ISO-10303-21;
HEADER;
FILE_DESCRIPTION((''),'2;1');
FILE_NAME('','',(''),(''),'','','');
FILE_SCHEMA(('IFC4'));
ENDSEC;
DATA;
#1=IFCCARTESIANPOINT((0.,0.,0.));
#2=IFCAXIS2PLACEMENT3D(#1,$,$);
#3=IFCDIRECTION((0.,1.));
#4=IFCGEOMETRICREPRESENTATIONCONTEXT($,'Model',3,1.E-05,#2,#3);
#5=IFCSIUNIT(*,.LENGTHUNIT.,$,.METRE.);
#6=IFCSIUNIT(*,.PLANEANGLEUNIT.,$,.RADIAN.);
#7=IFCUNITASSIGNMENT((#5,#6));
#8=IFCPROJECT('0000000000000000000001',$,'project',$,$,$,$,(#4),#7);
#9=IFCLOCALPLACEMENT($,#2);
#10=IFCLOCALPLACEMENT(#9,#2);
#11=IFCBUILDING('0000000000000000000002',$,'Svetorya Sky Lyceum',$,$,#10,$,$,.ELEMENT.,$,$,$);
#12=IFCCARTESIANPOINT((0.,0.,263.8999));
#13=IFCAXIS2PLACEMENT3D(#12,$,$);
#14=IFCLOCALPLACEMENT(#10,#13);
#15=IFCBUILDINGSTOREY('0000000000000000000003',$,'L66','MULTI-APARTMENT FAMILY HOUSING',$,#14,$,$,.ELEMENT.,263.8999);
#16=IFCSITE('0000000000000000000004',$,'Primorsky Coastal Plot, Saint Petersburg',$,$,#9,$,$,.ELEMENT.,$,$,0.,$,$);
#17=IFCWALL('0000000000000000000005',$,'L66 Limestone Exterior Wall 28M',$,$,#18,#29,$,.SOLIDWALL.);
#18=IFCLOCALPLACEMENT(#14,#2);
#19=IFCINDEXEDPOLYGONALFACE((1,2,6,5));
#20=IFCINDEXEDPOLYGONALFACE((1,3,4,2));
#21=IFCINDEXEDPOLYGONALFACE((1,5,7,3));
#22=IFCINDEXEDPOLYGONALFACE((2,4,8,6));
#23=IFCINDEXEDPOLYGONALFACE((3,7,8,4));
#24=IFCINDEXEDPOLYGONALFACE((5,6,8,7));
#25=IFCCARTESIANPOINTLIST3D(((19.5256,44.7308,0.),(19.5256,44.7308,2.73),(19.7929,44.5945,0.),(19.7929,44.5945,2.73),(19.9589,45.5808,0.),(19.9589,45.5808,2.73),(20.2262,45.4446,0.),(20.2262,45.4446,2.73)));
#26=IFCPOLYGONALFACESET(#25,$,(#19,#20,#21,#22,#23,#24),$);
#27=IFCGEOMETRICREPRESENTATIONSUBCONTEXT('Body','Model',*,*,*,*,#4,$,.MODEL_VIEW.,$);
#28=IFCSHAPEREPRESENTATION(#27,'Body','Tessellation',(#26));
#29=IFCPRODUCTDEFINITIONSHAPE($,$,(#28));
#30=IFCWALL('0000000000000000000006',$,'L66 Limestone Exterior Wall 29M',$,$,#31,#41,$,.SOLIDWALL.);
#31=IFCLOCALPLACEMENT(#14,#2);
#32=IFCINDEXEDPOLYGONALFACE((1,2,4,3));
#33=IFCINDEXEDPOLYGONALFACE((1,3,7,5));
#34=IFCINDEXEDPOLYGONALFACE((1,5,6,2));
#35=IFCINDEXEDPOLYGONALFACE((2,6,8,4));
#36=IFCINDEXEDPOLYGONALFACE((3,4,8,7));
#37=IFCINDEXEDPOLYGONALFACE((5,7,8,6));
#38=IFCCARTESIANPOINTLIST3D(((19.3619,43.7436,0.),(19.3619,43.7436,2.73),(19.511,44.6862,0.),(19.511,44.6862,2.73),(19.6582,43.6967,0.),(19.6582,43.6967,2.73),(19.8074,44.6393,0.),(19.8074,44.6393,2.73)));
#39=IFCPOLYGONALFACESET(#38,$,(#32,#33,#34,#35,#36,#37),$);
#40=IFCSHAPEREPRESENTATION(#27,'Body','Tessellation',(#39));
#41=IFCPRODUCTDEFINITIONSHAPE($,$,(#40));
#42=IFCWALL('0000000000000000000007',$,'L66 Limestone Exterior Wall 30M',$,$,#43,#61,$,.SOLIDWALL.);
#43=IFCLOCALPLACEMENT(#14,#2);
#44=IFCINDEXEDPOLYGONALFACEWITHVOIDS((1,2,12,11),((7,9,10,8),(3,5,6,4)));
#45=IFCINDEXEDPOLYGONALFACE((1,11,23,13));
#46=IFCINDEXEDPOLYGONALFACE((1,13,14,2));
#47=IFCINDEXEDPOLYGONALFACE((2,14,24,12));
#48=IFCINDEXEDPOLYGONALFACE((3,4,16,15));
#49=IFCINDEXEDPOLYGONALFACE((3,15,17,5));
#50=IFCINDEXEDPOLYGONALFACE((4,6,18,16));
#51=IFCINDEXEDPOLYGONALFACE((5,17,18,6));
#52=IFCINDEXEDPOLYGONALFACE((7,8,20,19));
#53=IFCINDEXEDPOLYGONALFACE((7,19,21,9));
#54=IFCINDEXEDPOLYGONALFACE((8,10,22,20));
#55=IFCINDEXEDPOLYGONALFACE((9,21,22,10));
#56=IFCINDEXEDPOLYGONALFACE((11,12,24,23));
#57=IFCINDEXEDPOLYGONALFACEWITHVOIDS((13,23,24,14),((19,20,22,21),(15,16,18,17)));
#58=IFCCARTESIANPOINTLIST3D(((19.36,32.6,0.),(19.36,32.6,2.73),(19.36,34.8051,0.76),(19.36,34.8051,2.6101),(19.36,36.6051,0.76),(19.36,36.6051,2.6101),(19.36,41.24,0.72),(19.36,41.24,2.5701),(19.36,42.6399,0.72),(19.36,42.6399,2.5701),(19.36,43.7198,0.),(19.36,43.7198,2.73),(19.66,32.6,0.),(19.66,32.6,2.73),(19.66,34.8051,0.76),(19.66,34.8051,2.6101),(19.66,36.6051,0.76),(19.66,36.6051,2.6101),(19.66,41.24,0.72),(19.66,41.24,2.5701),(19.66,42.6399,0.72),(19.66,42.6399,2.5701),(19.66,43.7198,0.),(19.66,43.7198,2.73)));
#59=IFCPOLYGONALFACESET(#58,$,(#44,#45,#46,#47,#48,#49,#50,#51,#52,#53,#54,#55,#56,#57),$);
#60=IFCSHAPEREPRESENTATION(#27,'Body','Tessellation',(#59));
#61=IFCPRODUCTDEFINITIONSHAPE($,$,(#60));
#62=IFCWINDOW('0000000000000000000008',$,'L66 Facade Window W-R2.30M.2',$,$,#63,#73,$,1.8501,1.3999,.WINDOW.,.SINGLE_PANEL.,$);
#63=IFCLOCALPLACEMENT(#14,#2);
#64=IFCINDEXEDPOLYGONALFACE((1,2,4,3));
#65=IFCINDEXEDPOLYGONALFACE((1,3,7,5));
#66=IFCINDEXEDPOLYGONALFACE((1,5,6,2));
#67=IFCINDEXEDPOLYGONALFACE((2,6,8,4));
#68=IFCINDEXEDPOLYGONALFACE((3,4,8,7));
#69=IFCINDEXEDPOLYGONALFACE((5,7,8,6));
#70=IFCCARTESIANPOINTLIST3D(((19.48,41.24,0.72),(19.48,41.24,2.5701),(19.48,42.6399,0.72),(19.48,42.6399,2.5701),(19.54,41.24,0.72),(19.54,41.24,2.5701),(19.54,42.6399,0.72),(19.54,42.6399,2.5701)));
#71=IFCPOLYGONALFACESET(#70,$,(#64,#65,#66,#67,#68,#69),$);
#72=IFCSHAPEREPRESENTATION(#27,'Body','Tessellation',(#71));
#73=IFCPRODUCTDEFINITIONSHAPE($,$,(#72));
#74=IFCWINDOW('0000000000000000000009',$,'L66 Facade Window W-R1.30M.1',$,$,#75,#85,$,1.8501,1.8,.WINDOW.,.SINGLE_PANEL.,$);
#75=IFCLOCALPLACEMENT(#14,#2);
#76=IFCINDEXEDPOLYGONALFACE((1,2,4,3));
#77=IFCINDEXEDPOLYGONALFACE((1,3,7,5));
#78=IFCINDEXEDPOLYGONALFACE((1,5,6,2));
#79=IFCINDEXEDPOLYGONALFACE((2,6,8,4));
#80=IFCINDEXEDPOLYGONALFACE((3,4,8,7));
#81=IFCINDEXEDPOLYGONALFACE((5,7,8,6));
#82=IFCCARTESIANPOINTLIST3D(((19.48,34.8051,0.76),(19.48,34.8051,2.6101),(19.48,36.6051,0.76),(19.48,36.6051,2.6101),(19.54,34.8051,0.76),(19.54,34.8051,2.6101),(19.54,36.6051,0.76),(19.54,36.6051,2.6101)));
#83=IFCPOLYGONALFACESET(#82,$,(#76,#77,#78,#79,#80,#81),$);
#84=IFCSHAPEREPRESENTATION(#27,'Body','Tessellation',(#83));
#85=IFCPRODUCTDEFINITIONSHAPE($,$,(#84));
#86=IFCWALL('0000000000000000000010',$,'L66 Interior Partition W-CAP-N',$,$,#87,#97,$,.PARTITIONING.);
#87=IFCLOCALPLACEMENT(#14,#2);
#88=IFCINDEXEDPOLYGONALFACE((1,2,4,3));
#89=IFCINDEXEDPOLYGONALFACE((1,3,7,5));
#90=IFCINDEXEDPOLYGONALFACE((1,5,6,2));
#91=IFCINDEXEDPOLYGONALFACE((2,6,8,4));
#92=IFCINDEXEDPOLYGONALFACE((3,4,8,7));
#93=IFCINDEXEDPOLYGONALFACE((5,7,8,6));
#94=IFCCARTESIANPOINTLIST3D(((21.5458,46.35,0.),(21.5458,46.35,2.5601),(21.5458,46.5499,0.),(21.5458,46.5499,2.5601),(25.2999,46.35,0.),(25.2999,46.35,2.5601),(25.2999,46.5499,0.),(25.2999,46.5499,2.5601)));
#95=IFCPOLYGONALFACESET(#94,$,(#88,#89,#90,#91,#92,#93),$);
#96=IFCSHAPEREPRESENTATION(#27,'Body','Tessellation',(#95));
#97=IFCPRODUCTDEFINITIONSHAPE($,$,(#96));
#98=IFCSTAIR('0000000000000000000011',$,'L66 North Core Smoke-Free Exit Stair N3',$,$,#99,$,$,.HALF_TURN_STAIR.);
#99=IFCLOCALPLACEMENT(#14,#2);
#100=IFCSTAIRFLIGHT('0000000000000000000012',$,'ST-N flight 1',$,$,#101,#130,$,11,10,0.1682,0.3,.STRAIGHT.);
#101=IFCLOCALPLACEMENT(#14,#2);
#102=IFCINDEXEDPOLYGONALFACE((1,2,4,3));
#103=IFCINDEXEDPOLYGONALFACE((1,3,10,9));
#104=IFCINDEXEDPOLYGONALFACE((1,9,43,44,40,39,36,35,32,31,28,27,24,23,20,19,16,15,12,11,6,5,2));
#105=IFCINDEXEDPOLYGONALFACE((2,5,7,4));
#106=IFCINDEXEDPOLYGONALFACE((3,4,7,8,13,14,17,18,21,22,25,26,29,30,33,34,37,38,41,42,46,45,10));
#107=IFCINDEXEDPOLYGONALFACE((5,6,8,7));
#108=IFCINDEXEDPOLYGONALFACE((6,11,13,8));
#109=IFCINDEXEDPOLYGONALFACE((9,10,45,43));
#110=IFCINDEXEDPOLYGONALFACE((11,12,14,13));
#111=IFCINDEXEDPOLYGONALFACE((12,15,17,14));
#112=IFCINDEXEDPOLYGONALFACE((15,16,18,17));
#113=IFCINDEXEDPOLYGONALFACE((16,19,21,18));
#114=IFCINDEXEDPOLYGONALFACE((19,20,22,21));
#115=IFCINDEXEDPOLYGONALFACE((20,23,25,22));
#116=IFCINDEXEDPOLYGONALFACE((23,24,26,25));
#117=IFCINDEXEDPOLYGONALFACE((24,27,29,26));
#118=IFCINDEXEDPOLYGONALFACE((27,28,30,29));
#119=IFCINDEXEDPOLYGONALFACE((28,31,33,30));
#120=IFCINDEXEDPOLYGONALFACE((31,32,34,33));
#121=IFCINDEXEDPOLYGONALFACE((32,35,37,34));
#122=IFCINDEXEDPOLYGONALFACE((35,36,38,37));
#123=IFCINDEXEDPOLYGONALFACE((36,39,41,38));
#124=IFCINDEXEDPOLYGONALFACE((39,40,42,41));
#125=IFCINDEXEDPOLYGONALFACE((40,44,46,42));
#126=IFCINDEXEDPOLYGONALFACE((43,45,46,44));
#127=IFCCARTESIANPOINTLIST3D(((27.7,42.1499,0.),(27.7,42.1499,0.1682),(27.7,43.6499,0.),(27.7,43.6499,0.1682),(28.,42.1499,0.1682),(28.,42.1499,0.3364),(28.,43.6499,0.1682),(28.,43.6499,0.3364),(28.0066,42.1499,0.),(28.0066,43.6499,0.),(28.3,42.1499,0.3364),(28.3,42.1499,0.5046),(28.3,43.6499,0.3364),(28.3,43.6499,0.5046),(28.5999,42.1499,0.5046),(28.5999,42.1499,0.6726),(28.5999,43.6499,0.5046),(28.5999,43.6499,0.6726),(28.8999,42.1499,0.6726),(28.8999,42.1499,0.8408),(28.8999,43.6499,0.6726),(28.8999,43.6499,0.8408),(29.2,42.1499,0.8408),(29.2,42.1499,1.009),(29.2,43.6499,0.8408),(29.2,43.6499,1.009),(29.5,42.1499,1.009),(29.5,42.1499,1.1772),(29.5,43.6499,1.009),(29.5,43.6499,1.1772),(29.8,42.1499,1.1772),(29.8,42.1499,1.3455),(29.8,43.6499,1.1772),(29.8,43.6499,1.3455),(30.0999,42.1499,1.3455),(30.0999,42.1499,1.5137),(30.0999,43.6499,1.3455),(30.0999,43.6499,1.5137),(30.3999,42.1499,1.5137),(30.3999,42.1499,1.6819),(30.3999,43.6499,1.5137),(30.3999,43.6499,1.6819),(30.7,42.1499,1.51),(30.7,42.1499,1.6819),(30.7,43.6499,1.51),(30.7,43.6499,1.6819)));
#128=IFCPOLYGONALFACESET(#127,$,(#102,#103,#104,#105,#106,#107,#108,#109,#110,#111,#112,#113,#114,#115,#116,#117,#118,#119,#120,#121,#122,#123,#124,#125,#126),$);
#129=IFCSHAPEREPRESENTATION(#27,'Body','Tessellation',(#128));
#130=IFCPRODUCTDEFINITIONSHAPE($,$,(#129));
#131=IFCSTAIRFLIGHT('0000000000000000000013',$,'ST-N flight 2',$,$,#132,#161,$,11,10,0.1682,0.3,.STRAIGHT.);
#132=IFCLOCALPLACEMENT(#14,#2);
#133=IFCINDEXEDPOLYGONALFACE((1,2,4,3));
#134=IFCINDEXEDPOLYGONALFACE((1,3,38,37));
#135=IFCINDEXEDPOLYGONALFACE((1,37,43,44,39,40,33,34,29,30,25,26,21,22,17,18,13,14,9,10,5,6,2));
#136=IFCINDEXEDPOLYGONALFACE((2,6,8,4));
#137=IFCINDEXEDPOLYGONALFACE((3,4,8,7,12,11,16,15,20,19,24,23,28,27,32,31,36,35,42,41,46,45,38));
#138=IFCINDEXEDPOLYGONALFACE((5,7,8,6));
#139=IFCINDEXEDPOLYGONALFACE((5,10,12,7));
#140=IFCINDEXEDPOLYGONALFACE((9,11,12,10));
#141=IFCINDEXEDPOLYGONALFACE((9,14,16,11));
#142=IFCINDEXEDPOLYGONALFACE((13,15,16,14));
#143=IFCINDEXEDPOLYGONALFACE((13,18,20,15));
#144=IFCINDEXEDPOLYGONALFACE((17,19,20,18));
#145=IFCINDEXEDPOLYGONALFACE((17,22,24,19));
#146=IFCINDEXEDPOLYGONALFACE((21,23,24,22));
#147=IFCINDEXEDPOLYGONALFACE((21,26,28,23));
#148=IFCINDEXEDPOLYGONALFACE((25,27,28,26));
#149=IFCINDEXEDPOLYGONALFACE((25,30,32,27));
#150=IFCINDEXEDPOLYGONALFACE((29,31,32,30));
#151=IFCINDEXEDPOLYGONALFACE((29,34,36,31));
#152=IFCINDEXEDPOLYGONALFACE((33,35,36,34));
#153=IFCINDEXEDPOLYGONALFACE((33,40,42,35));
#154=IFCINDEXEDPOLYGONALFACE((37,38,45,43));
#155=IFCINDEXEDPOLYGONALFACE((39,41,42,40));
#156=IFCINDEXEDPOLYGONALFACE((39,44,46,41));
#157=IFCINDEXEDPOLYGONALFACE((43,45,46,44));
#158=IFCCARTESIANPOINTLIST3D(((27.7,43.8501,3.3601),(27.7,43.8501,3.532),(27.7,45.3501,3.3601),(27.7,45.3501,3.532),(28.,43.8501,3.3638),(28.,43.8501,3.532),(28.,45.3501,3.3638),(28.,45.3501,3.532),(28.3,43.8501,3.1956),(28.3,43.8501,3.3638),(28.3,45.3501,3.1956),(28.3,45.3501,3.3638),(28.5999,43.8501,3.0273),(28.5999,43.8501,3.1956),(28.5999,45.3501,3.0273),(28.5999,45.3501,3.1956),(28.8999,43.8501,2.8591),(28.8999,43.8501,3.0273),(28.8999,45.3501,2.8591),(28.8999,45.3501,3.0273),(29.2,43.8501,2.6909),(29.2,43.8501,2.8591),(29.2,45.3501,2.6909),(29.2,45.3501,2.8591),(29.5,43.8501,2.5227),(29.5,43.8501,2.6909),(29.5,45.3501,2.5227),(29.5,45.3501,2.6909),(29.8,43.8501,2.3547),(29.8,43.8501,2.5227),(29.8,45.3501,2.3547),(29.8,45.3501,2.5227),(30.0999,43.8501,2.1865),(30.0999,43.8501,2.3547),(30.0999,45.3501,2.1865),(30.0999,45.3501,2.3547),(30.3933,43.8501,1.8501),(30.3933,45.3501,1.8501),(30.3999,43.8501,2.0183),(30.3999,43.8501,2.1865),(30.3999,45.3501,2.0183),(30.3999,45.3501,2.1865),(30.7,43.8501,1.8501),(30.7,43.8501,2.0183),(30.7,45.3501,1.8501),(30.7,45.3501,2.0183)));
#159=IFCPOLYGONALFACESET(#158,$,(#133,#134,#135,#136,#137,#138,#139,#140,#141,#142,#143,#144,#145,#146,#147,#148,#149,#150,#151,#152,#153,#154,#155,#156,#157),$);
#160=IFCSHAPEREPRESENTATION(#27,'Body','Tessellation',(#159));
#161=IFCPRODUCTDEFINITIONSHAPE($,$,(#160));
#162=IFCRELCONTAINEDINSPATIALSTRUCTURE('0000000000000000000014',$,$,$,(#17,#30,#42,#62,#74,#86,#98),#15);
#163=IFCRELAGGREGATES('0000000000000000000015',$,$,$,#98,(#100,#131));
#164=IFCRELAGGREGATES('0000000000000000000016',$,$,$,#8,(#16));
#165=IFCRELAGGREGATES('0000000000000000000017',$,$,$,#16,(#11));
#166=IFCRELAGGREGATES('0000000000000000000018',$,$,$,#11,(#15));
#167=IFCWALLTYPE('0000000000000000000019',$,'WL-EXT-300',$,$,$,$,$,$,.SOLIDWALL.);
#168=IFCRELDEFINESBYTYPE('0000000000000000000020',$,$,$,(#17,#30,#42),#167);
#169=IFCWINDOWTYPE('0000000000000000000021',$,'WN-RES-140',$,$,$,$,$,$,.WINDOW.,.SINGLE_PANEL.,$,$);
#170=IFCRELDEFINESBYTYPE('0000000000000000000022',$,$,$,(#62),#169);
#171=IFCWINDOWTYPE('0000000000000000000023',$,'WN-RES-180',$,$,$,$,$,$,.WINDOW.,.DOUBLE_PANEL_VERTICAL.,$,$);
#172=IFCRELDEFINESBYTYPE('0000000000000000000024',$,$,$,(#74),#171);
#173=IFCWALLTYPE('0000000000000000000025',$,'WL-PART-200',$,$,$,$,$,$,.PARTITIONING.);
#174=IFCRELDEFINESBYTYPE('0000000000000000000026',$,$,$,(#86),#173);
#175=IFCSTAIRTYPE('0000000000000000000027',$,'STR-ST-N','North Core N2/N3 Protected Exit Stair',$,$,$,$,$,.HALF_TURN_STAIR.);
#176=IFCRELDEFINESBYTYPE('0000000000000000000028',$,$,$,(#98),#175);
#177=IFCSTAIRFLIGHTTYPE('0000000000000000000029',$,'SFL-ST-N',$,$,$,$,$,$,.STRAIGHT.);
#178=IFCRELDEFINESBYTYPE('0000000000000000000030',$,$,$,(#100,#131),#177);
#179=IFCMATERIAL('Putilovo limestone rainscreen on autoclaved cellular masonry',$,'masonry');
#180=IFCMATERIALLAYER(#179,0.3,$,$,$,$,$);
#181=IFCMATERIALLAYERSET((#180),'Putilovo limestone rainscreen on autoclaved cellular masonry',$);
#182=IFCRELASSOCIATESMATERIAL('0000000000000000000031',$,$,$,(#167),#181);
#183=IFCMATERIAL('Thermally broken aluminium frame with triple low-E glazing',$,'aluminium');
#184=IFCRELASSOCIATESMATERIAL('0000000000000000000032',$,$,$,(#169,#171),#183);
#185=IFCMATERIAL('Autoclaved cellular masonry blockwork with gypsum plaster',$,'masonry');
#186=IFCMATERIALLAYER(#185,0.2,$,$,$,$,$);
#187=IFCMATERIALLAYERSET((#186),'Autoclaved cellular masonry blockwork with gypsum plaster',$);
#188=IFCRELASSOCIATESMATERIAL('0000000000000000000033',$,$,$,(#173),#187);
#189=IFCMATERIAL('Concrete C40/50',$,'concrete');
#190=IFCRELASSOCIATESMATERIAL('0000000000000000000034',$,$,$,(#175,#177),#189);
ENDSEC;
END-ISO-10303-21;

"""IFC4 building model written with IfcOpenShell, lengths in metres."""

from ifc_helpers import new_model, si_unit, direction, frame, frame_2d, origin, place, context, subcontext, project, spatial, polyline, rectangle, outline, extrude, material, layer, layer_set, type_object, element, fill, aggregate, save


model = new_model("IFC4")

# Units and contexts
model_context = context("Model", 3, precision=1e-05, world=origin(), true_north=direction((0.0, 1.0)))
body_context = subcontext(model_context, "Body", "Model", "MODEL_VIEW")
ifc_project = project(units=[si_unit("LENGTHUNIT", "METRE"), si_unit("PLANEANGLEUNIT", "RADIAN")], contexts=[model_context])

# Site, building, storey
site_placement = place(None, origin())
site = spatial("IfcSite", under=ifc_project, at=site_placement, Name="Primorsky Coastal Plot, Saint Petersburg", CompositionType="ELEMENT", RefElevation=0.0)
building_placement = place(site_placement, origin())
building = spatial("IfcBuilding", under=site, at=building_placement, Name="Svetorya Sky Lyceum", CompositionType="ELEMENT")
storey_placement = place(building_placement, frame((0.0, 0.0, 263.8999)))
storey = spatial("IfcBuildingStorey", under=building, at=storey_placement, Name="L66", Description="MULTI-APARTMENT FAMILY HOUSING", CompositionType="ELEMENT", Elevation=263.8999)

# Shared definitions
ifc_material_1 = material(Name="Concrete C40/50", Category="concrete")

# Walls
ifc_material_2 = material(Name="Putilovo limestone rainscreen on autoclaved cellular masonry", Category="masonry")
ifc_layer_1 = layer(ifc_material_2, 0.3)
ifc_layer_set_1 = layer_set([ifc_layer_1], Name="Putilovo limestone rainscreen on autoclaved cellular masonry")
wall_type_1 = type_object("IfcWallType", Name="WL-EXT-300", PredefinedType="SOLIDWALL", material=ifc_layer_set_1)
wall_1_placement = place(storey_placement, frame((20.0925, 45.5127, 0.0), z_axis=(0.0, 0.0, 1.0), x_axis=(-0.45416, -0.89092, 0.0)))
element("IfcWall", 1, at=wall_1_placement, inside=storey, type_object=wall_type_1, Name="L66 Limestone Exterior Wall 28M", PredefinedType="SOLIDWALL", context=body_context, shape_type="SweptSolid", body=[
    extrude(rectangle(XDim=0.9541, YDim=0.3, at=frame_2d((0.4771, 0.0))), origin(), (0.0, 0.0, 1.0), 2.73),
])
wall_2_placement = place(storey_placement, frame((19.6592, 44.6626, 0.0), z_axis=(0.0, 0.0, 1.0), x_axis=(-0.156304, -0.987709, 0.0)))
element("IfcWall", 2, at=wall_2_placement, inside=storey, type_object=wall_type_1, Name="L66 Limestone Exterior Wall 29M", PredefinedType="SOLIDWALL", context=body_context, shape_type="SweptSolid", body=[
    extrude(rectangle(XDim=0.9543, YDim=0.3, at=frame_2d((0.4771, 0.0))), origin(), (0.0, 0.0, 1.0), 2.73),
])

# Wall, openings, windows
wall_3_placement = place(storey_placement, frame((19.51, 43.72, 0.0), z_axis=(0.0, 0.0, 1.0), x_axis=(0.0, -1.0, 0.0)))
wall_3 = element("IfcWall", 3, at=wall_3_placement, inside=storey, type_object=wall_type_1, Name="L66 Limestone Exterior Wall 30M", PredefinedType="SOLIDWALL", context=body_context, shape_type="SweptSolid", body=[
    extrude(rectangle(XDim=11.1199, YDim=0.3, at=frame_2d((5.5601, 0.0))), origin(), (0.0, 0.0, 1.0), 2.73),
])
opening_1_placement = place(wall_3_placement, frame((1.0801, 0.0, 0.72)))
opening_1 = element("IfcOpeningElement", 4, at=opening_1_placement, cuts=wall_3, PredefinedType="OPENING", context=body_context, shape_type="SweptSolid", body=[
    extrude(rectangle(XDim=1.3999, YDim=1.8501, at=frame_2d((0.7, 0.925))), frame((0.0, 0.1599, 0.0), z_axis=(0.0, -1.0, 0.0), x_axis=(1.0, 0.0, 0.0)), (0.0, 0.0, 1.0), 0.3201),
])
opening_2_placement = place(wall_3_placement, frame((7.115, 0.0, 0.76)))
opening_2 = element("IfcOpeningElement", 5, at=opening_2_placement, cuts=wall_3, PredefinedType="OPENING", context=body_context, shape_type="SweptSolid", body=[
    extrude(rectangle(XDim=1.8, YDim=1.8501, at=frame_2d((0.8999, 0.925))), frame((0.0, 0.1599, 0.0), z_axis=(0.0, -1.0, 0.0), x_axis=(1.0, 0.0, 0.0)), (0.0, 0.0, 1.0), 0.3201),
])
ifc_material_3 = material(Name="Thermally broken aluminium frame with triple low-E glazing", Category="aluminium")
window_type_1 = type_object("IfcWindowType", Name="WN-RES-140", PartitioningType="SINGLE_PANEL", PredefinedType="WINDOW", material=ifc_material_3)
window_1_placement = place(opening_1_placement, origin())
window_1 = element("IfcWindow", 6, at=window_1_placement, inside=storey, type_object=window_type_1, Name="L66 Facade Window W-R2.30M.2", OverallHeight=1.8501, OverallWidth=1.3999, PartitioningType="SINGLE_PANEL", PredefinedType="WINDOW", context=body_context, shape_type="SweptSolid", body=[
    extrude(rectangle(XDim=1.3999, YDim=1.8501, at=frame_2d((0.7, 0.925))), frame((0.0, 0.03, 0.0), z_axis=(0.0, -1.0, 0.0), x_axis=(1.0, 0.0, 0.0)), (0.0, 0.0, 1.0), 0.0601),
])
fill(opening_1, window_1)
window_type_2 = type_object("IfcWindowType", Name="WN-RES-180", PartitioningType="DOUBLE_PANEL_VERTICAL", PredefinedType="WINDOW", material=ifc_material_3)
window_2_placement = place(opening_2_placement, origin())
window_2 = element("IfcWindow", 7, at=window_2_placement, inside=storey, type_object=window_type_2, Name="L66 Facade Window W-R1.30M.1", OverallHeight=1.8501, OverallWidth=1.8, PartitioningType="SINGLE_PANEL", PredefinedType="WINDOW", context=body_context, shape_type="SweptSolid", body=[
    extrude(rectangle(XDim=1.8, YDim=1.8501, at=frame_2d((0.8999, 0.925))), frame((0.0, 0.03, 0.0), z_axis=(0.0, -1.0, 0.0), x_axis=(1.0, 0.0, 0.0)), (0.0, 0.0, 1.0), 0.0601),
])
fill(opening_2, window_2)

# Wall
ifc_material_4 = material(Name="Autoclaved cellular masonry blockwork with gypsum plaster", Category="masonry")
ifc_layer_2 = layer(ifc_material_4, 0.2)
ifc_layer_set_2 = layer_set([ifc_layer_2], Name="Autoclaved cellular masonry blockwork with gypsum plaster")
wall_type_2 = type_object("IfcWallType", Name="WL-PART-200", PredefinedType="PARTITIONING", material=ifc_layer_set_2)
wall_4_placement = place(storey_placement, frame((21.5459, 46.45, 0.0), z_axis=(0.0, 0.0, 1.0), x_axis=(1.0, 0.0, 0.0)))
element("IfcWall", 8, at=wall_4_placement, inside=storey, type_object=wall_type_2, Name="L66 Interior Partition W-CAP-N", PredefinedType="PARTITIONING", context=body_context, shape_type="SweptSolid", body=[
    extrude(rectangle(XDim=3.7542, YDim=0.2, at=frame_2d((1.877, 0.0))), origin(), (0.0, 0.0, 1.0), 2.5601),
])

# Stair, stair flights
stair_type = type_object("IfcStairType", Name="STR-ST-N", Description="North Core N2/N3 Protected Exit Stair", PredefinedType="HALF_TURN_STAIR", material=ifc_material_1)
stair_placement = place(storey_placement, origin())
stair = element("IfcStair", 9, at=stair_placement, inside=storey, type_object=stair_type, Name="L66 North Core Smoke-Free Exit Stair N3", PredefinedType="HALF_TURN_STAIR")
stair_flight_type = type_object("IfcStairFlightType", Name="SFL-ST-N", PredefinedType="STRAIGHT", material=ifc_material_1)
stair_flight_1_placement = place(storey_placement, frame((27.7, 42.8999, 0.0), z_axis=(0.0, 0.0, 1.0), x_axis=(1.0, 0.0, 0.0)))
stair_flight_1 = element("IfcStairFlight", 10, at=stair_flight_1_placement, type_object=stair_flight_type, Name="ST-N flight 1", NumberOfRisers=11, NumberOfTreads=10, PredefinedType="STRAIGHT", RiserHeight=0.1682, TreadLength=0.3, context=body_context, shape_type="SweptSolid", body=[
    extrude(outline(polyline([(0.0, 0.0), (0.0, 0.1682), (0.3, 0.1682), (0.3, 0.3364), (0.6001, 0.3364), (0.6001, 0.5046), (0.8999, 0.5046), (0.8999, 0.6726), (1.2, 0.6726), (1.2, 0.8408), (1.5, 0.8408), (1.5, 1.009), (1.8, 1.009), (1.8, 1.1772), (2.1001, 1.1772), (2.1001, 1.3455), (2.3999, 1.3455), (2.3999, 1.5137), (2.7, 1.5137), (2.7, 1.6819), (3.0, 1.6819), (3.0, 1.8501), (3.0, 1.51), (0.3066, 0.0), (0.0, 0.0)])), frame((0.0, 0.75, 0.0), z_axis=(0.0, -1.0, 0.0), x_axis=(1.0, 0.0, 0.0)), (0.0, 0.0, 1.0), 1.5),
])
stair_flight_2_placement = place(storey_placement, frame((30.7, 44.6001, 1.8501), z_axis=(0.0, 0.0, 1.0), x_axis=(-1.0, 0.0, 0.0)))
stair_flight_2 = element("IfcStairFlight", 11, at=stair_flight_2_placement, type_object=stair_flight_type, Name="ST-N flight 2", NumberOfRisers=11, NumberOfTreads=10, PredefinedType="STRAIGHT", RiserHeight=0.1682, TreadLength=0.3, context=body_context, shape_type="SweptSolid", body=[
    extrude(outline(polyline([(0.0, 0.0), (0.0, 0.1682), (0.3, 0.1682), (0.3, 0.3364), (0.6001, 0.3364), (0.6001, 0.5046), (0.8999, 0.5046), (0.8999, 0.6726), (1.2, 0.6726), (1.2, 0.8408), (1.5, 0.8408), (1.5, 1.009), (1.8, 1.009), (1.8, 1.1772), (2.1001, 1.1772), (2.1001, 1.3455), (2.3999, 1.3455), (2.3999, 1.5137), (2.7, 1.5137), (2.7, 1.6819), (3.0, 1.6819), (3.0, 1.8501), (3.0, 1.51), (0.3066, 0.0), (0.0, 0.0)])), frame((0.0, 0.75, 0.0), z_axis=(0.0, -1.0, 0.0), x_axis=(1.0, 0.0, 0.0)), (0.0, 0.0, 1.0), 1.5),
])
aggregate(stair, [stair_flight_1, stair_flight_2])

save(model, "model.ifc")
